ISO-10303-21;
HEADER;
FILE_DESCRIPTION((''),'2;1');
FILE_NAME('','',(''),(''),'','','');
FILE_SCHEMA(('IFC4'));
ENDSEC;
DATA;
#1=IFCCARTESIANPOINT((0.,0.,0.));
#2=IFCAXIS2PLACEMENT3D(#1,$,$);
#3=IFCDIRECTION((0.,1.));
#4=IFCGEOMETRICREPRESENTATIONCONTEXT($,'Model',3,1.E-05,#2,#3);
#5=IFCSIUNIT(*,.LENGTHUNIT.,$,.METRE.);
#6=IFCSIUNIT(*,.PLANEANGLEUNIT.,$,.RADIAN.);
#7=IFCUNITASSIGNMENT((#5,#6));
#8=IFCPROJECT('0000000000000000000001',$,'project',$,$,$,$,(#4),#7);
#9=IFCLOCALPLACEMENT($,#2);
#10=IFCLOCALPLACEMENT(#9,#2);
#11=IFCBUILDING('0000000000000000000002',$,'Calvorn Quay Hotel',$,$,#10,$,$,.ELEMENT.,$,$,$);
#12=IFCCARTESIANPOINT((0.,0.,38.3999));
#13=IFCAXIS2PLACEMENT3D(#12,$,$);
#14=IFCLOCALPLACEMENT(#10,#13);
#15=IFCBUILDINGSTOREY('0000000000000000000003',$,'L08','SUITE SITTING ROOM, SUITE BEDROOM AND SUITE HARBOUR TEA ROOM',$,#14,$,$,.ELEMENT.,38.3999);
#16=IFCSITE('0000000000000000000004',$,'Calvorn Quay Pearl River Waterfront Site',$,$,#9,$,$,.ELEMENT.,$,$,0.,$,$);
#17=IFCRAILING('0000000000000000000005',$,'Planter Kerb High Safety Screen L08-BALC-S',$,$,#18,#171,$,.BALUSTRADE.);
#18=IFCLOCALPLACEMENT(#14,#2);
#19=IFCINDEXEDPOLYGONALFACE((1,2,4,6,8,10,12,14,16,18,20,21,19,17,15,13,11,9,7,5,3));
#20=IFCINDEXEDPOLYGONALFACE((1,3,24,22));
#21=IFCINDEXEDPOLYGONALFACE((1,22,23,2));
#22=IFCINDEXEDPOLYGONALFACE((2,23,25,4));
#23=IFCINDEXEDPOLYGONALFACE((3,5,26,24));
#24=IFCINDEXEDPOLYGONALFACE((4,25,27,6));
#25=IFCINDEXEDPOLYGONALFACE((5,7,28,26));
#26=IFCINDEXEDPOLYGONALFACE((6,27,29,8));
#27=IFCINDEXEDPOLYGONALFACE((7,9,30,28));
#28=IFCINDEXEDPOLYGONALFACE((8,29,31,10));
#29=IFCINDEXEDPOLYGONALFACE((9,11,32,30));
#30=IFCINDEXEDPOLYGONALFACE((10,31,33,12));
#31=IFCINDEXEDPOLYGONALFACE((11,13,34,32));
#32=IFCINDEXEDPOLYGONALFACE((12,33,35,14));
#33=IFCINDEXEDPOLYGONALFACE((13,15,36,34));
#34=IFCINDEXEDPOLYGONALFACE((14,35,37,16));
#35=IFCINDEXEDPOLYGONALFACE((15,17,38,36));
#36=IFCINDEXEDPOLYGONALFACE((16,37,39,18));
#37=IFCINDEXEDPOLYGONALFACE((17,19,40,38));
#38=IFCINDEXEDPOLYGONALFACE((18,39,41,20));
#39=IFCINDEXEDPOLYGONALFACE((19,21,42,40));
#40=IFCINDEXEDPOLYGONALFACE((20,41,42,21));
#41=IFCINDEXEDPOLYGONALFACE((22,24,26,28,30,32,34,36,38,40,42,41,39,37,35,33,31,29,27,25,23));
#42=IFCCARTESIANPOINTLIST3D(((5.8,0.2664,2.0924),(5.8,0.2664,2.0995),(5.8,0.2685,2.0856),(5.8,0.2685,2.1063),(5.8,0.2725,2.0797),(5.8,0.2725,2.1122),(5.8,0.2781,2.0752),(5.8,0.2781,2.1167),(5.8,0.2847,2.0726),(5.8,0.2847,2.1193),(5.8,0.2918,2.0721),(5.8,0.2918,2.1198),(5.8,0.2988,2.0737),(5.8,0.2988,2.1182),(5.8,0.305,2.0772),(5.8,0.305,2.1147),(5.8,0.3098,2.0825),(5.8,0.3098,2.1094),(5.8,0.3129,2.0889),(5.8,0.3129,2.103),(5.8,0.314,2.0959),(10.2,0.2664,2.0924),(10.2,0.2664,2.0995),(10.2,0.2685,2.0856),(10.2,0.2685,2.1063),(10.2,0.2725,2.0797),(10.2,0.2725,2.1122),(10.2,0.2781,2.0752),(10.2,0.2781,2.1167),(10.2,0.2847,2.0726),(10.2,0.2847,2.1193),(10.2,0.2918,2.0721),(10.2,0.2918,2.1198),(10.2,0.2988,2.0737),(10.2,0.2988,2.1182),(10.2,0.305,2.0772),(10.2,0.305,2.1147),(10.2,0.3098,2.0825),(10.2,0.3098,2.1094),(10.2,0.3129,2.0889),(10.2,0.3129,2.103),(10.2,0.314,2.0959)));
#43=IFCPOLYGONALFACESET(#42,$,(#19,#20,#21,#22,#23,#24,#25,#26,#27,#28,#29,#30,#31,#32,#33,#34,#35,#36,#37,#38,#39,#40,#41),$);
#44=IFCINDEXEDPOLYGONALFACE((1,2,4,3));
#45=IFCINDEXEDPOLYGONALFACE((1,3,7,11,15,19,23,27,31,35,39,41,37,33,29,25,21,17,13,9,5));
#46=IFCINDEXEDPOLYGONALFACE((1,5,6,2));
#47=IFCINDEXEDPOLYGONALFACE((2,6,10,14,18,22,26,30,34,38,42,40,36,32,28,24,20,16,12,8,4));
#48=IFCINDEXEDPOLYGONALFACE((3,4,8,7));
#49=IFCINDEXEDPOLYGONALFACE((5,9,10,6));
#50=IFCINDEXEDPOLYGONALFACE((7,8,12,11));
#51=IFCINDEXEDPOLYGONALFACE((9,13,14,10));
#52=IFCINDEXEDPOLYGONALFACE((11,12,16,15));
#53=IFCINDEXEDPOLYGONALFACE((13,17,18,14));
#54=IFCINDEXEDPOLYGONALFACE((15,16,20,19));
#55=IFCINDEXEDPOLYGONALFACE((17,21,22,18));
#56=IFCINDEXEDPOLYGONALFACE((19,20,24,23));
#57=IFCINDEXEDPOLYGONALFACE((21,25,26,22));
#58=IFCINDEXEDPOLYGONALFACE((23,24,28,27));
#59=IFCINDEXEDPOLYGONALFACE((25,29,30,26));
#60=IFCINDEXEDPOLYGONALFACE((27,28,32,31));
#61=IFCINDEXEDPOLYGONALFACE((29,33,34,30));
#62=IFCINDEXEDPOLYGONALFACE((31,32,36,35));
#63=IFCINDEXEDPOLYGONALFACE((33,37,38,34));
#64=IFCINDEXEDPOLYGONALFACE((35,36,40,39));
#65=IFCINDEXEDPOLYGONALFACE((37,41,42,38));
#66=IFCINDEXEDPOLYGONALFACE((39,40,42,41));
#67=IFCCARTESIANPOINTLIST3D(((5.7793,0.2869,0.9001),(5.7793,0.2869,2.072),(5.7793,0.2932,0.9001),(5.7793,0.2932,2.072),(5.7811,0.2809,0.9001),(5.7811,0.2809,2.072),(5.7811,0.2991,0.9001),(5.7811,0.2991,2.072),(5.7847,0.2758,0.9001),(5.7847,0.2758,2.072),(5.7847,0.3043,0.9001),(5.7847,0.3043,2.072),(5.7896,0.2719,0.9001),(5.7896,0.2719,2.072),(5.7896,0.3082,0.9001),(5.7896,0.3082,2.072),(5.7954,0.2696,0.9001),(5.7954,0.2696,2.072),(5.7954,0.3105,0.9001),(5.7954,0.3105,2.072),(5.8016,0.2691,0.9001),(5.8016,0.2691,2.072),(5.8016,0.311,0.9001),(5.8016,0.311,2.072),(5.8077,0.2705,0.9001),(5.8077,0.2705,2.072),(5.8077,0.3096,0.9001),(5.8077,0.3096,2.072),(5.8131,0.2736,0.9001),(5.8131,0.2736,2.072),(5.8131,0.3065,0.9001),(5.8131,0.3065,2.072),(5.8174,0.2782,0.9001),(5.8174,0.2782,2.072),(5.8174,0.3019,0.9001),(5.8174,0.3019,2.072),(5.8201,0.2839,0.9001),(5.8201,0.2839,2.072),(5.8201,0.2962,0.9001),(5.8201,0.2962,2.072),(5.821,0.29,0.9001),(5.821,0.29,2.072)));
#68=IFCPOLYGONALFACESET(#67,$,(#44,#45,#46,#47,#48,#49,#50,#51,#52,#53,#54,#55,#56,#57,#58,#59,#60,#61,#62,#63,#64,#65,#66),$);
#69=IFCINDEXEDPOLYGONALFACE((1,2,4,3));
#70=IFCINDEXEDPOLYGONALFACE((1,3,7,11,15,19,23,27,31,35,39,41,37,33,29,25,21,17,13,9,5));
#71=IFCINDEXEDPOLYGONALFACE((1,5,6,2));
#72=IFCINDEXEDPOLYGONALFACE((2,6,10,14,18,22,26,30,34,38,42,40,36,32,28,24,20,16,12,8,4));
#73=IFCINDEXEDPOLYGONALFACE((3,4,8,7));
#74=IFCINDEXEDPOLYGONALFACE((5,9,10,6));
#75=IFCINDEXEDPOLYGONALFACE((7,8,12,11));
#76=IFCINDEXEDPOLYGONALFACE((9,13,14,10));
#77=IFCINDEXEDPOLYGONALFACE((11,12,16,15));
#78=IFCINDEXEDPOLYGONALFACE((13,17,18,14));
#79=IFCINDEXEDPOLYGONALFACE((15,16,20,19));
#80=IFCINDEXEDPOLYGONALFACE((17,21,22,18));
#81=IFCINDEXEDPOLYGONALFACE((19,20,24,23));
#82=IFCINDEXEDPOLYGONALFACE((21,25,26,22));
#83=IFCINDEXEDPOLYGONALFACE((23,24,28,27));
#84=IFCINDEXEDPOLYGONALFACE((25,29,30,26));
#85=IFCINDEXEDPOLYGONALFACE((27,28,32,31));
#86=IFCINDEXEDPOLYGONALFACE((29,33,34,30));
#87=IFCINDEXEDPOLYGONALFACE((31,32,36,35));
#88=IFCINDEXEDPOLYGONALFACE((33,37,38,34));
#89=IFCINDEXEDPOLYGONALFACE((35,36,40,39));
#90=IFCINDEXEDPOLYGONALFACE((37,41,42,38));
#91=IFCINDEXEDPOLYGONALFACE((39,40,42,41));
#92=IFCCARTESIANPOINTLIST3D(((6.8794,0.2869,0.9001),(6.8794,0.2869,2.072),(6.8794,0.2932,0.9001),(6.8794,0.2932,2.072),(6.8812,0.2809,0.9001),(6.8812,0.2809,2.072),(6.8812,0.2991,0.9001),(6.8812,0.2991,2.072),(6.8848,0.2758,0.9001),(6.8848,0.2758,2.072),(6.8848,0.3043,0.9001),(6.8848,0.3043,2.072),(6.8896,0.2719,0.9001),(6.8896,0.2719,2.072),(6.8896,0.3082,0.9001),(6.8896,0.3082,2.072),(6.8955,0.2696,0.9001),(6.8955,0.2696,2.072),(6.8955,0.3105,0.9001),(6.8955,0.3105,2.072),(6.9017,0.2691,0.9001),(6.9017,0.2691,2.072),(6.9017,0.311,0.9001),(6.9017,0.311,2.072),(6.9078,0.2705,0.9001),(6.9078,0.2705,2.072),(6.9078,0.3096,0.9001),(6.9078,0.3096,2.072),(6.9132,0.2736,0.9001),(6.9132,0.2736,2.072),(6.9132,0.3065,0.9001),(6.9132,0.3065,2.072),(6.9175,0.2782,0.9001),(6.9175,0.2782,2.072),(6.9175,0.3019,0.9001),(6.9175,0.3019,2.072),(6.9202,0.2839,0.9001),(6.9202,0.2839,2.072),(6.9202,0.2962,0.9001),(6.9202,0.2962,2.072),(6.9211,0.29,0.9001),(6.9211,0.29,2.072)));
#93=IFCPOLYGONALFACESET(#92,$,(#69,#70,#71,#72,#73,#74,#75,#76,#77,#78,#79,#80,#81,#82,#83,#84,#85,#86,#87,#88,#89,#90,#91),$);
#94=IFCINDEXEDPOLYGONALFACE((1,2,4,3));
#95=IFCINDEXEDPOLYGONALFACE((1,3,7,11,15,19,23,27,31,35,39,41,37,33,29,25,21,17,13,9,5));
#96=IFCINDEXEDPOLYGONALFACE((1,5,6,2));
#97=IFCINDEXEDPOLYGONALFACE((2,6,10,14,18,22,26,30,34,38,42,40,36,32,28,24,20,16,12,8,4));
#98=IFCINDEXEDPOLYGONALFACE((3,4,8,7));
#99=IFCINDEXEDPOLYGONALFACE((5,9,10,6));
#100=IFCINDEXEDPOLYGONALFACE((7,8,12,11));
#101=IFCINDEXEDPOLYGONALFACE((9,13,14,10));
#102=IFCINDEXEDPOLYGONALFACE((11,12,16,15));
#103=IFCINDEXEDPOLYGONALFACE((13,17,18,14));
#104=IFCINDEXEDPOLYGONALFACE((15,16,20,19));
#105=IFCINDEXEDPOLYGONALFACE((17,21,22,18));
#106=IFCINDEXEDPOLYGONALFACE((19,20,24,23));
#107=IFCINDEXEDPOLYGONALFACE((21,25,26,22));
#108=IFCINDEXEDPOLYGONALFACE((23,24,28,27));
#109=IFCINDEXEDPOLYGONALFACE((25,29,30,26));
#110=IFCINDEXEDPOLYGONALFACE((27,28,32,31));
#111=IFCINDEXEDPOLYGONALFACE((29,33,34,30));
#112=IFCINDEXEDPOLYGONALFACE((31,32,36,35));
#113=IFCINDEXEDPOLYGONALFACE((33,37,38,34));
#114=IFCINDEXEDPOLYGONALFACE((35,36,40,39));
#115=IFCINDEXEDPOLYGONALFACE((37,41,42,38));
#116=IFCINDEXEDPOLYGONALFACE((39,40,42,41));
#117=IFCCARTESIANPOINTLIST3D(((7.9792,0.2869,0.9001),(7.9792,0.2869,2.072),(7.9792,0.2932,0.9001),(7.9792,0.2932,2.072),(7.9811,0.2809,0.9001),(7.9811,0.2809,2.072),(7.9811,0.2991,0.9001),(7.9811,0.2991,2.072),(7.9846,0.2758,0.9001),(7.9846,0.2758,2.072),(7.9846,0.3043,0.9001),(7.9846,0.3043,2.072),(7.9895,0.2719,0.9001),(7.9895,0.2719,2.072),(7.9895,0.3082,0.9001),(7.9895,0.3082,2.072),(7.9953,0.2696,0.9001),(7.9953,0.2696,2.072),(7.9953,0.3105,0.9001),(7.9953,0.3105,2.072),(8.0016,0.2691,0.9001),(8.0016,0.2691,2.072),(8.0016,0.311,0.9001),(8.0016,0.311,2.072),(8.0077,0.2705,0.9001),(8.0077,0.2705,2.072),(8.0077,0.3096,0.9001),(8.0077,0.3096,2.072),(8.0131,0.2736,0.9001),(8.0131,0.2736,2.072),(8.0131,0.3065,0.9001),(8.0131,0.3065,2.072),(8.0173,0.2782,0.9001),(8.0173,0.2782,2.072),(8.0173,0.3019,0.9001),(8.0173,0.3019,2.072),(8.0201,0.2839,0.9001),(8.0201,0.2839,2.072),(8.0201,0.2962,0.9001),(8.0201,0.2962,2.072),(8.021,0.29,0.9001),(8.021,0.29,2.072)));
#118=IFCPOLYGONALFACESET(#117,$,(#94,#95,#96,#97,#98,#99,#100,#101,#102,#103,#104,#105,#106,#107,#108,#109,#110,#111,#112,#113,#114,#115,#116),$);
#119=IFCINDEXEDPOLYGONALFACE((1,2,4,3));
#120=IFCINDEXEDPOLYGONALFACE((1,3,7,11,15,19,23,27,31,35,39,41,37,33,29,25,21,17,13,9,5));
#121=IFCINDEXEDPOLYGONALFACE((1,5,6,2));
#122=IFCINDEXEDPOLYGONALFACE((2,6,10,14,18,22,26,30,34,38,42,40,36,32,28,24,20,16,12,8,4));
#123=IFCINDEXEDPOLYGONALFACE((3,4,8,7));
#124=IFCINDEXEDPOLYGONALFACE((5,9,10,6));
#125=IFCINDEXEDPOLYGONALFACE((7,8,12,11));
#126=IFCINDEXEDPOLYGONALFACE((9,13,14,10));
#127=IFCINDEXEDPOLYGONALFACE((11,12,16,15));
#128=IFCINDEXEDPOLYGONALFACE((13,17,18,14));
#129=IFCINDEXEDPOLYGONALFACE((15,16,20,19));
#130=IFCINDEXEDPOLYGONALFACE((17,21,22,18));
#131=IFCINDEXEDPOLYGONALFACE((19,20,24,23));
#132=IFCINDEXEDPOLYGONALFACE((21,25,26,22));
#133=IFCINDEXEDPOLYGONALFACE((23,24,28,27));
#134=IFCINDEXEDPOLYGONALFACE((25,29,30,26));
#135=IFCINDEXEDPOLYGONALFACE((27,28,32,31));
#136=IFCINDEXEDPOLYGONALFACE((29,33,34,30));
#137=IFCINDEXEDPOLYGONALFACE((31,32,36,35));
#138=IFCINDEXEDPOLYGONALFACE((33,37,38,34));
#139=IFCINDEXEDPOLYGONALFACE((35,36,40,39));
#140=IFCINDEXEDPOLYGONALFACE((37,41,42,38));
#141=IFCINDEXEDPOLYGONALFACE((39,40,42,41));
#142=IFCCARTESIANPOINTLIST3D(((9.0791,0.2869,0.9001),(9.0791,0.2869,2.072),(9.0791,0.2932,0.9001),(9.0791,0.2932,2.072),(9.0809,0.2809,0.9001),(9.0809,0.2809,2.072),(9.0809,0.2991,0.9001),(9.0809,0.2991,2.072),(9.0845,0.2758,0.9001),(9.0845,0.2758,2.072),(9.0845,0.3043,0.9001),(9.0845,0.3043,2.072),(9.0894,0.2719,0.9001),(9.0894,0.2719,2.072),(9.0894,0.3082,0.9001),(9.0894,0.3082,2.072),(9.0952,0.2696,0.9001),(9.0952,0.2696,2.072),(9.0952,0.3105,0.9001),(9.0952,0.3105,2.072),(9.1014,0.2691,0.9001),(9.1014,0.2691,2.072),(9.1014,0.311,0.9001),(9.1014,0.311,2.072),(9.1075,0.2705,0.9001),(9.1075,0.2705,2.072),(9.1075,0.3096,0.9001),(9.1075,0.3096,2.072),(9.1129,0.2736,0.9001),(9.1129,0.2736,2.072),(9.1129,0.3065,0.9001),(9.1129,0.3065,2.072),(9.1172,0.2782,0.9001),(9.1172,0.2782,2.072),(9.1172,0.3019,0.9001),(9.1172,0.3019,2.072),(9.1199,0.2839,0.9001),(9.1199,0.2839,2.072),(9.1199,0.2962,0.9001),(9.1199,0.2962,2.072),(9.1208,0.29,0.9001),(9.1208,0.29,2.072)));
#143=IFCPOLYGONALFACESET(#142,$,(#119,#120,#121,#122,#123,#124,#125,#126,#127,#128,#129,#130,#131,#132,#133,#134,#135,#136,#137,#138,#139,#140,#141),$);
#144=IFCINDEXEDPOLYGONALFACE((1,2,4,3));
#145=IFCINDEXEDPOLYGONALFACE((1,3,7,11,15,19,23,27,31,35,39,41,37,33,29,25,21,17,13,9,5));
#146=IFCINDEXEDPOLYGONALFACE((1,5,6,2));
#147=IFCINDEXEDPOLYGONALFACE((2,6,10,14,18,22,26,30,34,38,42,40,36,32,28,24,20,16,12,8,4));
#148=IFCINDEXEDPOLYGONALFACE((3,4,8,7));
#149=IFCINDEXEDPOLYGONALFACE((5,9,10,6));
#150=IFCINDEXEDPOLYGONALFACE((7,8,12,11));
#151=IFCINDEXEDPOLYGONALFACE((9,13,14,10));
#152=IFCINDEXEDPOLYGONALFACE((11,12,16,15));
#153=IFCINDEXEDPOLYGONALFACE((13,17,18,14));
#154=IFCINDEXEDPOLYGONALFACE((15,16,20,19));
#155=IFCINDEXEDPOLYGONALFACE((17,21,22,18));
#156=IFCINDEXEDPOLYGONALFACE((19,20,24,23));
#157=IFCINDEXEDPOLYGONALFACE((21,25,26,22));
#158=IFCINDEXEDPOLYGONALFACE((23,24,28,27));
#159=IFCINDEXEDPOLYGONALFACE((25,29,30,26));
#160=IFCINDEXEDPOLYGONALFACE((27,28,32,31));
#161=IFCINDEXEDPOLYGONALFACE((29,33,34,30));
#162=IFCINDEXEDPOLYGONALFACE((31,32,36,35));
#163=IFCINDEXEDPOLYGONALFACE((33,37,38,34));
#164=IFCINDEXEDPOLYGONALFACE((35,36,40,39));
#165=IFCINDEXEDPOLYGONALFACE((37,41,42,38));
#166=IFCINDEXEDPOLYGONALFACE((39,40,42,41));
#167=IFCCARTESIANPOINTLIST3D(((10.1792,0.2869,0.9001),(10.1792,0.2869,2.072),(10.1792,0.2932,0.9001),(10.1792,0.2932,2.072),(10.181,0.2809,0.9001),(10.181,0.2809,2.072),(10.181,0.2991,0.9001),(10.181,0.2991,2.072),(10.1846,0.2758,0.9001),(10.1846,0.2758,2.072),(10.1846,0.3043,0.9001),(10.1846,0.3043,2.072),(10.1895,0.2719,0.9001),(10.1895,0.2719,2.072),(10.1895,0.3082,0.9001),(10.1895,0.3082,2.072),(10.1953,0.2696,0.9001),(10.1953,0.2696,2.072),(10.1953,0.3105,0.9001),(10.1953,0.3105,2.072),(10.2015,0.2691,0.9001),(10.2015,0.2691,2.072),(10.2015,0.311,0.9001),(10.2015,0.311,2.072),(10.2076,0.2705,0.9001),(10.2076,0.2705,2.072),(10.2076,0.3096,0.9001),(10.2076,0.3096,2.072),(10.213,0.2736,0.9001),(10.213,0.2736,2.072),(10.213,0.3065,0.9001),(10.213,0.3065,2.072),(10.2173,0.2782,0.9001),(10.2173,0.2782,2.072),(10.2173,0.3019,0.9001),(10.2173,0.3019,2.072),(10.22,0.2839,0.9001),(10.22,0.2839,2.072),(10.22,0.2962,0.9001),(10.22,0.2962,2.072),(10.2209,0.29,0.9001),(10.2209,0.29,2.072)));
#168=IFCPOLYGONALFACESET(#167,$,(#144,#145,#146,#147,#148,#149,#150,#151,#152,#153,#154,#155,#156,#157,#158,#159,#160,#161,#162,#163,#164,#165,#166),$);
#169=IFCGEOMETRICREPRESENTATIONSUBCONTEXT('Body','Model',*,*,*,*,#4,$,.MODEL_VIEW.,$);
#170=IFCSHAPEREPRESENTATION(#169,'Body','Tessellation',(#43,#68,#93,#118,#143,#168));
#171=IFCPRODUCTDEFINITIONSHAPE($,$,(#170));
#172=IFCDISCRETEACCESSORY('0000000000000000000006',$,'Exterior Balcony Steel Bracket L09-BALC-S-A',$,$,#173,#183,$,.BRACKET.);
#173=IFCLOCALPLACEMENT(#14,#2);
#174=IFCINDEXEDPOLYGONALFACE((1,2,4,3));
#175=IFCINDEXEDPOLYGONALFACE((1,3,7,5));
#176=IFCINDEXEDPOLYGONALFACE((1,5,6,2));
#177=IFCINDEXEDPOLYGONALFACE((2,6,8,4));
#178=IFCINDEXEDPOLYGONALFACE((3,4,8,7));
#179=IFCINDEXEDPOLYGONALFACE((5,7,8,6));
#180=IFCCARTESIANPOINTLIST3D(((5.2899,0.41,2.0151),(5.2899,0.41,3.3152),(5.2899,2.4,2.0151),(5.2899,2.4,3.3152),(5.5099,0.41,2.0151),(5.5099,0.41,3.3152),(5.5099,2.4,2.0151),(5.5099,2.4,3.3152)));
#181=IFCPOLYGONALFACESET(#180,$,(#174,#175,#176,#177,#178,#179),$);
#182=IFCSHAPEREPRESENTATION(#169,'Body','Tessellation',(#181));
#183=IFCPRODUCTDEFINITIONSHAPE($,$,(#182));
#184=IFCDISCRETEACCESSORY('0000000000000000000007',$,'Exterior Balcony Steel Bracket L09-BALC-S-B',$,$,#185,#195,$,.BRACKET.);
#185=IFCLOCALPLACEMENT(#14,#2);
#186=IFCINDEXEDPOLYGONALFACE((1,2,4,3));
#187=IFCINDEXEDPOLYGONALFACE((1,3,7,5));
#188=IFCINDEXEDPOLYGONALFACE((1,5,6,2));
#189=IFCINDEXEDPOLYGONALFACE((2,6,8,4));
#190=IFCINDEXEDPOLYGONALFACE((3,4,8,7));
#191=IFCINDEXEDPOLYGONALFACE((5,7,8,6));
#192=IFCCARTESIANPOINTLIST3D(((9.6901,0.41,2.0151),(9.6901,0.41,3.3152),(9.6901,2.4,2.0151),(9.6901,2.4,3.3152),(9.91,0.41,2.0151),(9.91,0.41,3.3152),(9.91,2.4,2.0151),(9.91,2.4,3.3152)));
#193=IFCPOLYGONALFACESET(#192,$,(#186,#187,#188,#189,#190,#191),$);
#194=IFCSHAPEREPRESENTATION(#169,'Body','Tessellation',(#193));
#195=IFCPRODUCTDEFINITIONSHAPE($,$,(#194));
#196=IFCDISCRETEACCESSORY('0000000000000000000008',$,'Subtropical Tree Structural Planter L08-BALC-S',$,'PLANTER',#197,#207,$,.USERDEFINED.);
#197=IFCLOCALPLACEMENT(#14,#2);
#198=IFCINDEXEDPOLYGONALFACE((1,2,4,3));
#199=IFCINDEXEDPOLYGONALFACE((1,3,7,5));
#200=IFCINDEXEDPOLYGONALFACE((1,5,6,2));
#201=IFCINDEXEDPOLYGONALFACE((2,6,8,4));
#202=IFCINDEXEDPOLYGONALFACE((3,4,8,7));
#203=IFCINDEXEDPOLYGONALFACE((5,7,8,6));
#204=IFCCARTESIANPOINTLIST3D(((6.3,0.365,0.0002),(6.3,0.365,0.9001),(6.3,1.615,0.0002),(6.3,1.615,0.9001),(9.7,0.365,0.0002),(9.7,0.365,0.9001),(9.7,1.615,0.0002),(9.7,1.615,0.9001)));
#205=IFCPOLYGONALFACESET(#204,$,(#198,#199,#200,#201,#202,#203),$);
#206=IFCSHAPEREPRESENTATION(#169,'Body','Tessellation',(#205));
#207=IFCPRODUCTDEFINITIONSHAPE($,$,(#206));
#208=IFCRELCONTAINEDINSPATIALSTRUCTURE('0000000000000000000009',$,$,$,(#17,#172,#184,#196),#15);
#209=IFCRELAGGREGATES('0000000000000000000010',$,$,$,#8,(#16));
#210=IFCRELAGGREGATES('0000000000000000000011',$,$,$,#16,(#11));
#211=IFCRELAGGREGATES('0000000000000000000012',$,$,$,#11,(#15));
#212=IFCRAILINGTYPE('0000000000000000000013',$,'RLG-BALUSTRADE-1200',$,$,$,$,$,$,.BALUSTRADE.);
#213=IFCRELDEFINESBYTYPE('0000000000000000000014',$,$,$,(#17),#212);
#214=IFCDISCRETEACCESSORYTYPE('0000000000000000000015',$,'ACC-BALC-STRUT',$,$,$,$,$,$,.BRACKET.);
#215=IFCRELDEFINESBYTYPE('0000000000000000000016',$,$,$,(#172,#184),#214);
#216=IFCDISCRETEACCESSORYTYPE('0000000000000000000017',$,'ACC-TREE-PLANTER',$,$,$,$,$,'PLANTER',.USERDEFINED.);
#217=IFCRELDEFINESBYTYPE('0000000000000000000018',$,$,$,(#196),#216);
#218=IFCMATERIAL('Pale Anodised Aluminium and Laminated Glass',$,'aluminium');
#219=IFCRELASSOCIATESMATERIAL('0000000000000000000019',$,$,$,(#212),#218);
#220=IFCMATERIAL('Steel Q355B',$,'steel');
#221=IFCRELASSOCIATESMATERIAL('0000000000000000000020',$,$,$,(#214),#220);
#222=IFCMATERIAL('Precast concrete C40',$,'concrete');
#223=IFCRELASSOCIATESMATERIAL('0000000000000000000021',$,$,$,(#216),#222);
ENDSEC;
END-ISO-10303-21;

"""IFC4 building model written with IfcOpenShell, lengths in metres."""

from ifc_helpers import new_model, si_unit, direction, frame, origin, origin_2d, place, context, subcontext, project, spatial, rectangle, circle, extrude, material, type_object, element, save


model = new_model("IFC4")

# Units and contexts
model_context = context("Model", 3, precision=1e-05, world=origin(), true_north=direction((0.0, 1.0)))
body_context = subcontext(model_context, "Body", "Model", "MODEL_VIEW")
ifc_project = project(units=[si_unit("LENGTHUNIT", "METRE"), si_unit("PLANEANGLEUNIT", "RADIAN")], contexts=[model_context])

# Site, building, storey
site_placement = place(None, origin())
site = spatial("IfcSite", under=ifc_project, at=site_placement, Name="Calvorn Quay Pearl River Waterfront Site", CompositionType="ELEMENT", RefElevation=0.0)
building_placement = place(site_placement, origin())
building = spatial("IfcBuilding", under=site, at=building_placement, Name="Calvorn Quay Hotel", CompositionType="ELEMENT")
storey_placement = place(building_placement, frame((0.0, 0.0, 38.3999)))
storey = spatial("IfcBuildingStorey", under=building, at=storey_placement, Name="L08", Description="SUITE SITTING ROOM, SUITE BEDROOM AND SUITE HARBOUR TEA ROOM", CompositionType="ELEMENT", Elevation=38.3999)

# Railing
ifc_material_1 = material(Name="Pale Anodised Aluminium and Laminated Glass", Category="aluminium")
railing_type = type_object("IfcRailingType", Name="RLG-BALUSTRADE-1200", PredefinedType="BALUSTRADE", material=ifc_material_1)
railing_1_placement = place(storey_placement, frame((5.8, 0.29, 0.9001)))
element("IfcRailing", 1, at=railing_1_placement, inside=storey, type_object=railing_type, Name="Planter Kerb High Safety Screen L08-BALC-S", PredefinedType="BALUSTRADE", context=body_context, shape_type="SweptSolid", body=[
    extrude(circle(Radius=0.0239, at=origin_2d()), frame((0.0, 0.0, 1.1958), z_axis=(1.0, 0.0, 0.0), x_axis=(0.0, 1.0, 0.0)), (0.0, 0.0, 1.0), 4.3999),
    extrude(circle(Radius=0.021, at=origin_2d()), origin(), (0.0, 0.0, 1.0), 1.1719),
    extrude(circle(Radius=0.021, at=origin_2d()), frame((1.1001, 0.0, 0.0)), (0.0, 0.0, 1.0), 1.1719),
    extrude(circle(Radius=0.021, at=origin_2d()), frame((2.2, 0.0, 0.0)), (0.0, 0.0, 1.0), 1.1719),
    extrude(circle(Radius=0.021, at=origin_2d()), frame((3.2998, 0.0, 0.0)), (0.0, 0.0, 1.0), 1.1719),
    extrude(circle(Radius=0.021, at=origin_2d()), frame((4.3999, 0.0, 0.0)), (0.0, 0.0, 1.0), 1.1719),
])

# Discrete accessories
ifc_material_2 = material(Name="Steel Q355B", Category="steel")
discrete_accessory_type_1 = type_object("IfcDiscreteAccessoryType", Name="ACC-BALC-STRUT", PredefinedType="BRACKET", material=ifc_material_2)
for number, where, z_axis, x_axis, name in (
    (2, (5.3999, 1.405, 2.0151), (0.0, 0.0, 1.0), (1.0, 0.0, 0.0), "Exterior Balcony Steel Bracket L09-BALC-S-A"),
    (3, (9.8, 1.405, 2.0151), (0.0, 0.0, 1.0), (1.0, 0.0, 0.0), "Exterior Balcony Steel Bracket L09-BALC-S-B"),
):
    element("IfcDiscreteAccessory", number, at=place(storey_placement, frame(where, z_axis=z_axis, x_axis=x_axis)), inside=storey, type_object=discrete_accessory_type_1, Name=name, PredefinedType="BRACKET", context=body_context, shape_type="SweptSolid", body=[
        extrude(rectangle(XDim=0.22, YDim=1.99, at=origin_2d()), origin(), (0.0, 0.0, 1.0), 1.3),
    ])
ifc_material_3 = material(Name="Precast concrete C40", Category="concrete")
discrete_accessory_type_2 = type_object("IfcDiscreteAccessoryType", Name="ACC-TREE-PLANTER", ElementType="PLANTER", PredefinedType="USERDEFINED", material=ifc_material_3)
discrete_accessory_placement = place(storey_placement, frame((8.0, 0.99, 0.0002), z_axis=(0.0, 0.0, 1.0), x_axis=(1.0, 0.0, 0.0)))
element("IfcDiscreteAccessory", 4, at=discrete_accessory_placement, inside=storey, type_object=discrete_accessory_type_2, Name="Subtropical Tree Structural Planter L08-BALC-S", ObjectType="PLANTER", PredefinedType="USERDEFINED", context=body_context, shape_type="SweptSolid", body=[
    extrude(rectangle(XDim=3.3999, YDim=1.25, at=origin_2d()), origin(), (0.0, 0.0, 1.0), 0.8999),
])

save(model, "model.ifc")
